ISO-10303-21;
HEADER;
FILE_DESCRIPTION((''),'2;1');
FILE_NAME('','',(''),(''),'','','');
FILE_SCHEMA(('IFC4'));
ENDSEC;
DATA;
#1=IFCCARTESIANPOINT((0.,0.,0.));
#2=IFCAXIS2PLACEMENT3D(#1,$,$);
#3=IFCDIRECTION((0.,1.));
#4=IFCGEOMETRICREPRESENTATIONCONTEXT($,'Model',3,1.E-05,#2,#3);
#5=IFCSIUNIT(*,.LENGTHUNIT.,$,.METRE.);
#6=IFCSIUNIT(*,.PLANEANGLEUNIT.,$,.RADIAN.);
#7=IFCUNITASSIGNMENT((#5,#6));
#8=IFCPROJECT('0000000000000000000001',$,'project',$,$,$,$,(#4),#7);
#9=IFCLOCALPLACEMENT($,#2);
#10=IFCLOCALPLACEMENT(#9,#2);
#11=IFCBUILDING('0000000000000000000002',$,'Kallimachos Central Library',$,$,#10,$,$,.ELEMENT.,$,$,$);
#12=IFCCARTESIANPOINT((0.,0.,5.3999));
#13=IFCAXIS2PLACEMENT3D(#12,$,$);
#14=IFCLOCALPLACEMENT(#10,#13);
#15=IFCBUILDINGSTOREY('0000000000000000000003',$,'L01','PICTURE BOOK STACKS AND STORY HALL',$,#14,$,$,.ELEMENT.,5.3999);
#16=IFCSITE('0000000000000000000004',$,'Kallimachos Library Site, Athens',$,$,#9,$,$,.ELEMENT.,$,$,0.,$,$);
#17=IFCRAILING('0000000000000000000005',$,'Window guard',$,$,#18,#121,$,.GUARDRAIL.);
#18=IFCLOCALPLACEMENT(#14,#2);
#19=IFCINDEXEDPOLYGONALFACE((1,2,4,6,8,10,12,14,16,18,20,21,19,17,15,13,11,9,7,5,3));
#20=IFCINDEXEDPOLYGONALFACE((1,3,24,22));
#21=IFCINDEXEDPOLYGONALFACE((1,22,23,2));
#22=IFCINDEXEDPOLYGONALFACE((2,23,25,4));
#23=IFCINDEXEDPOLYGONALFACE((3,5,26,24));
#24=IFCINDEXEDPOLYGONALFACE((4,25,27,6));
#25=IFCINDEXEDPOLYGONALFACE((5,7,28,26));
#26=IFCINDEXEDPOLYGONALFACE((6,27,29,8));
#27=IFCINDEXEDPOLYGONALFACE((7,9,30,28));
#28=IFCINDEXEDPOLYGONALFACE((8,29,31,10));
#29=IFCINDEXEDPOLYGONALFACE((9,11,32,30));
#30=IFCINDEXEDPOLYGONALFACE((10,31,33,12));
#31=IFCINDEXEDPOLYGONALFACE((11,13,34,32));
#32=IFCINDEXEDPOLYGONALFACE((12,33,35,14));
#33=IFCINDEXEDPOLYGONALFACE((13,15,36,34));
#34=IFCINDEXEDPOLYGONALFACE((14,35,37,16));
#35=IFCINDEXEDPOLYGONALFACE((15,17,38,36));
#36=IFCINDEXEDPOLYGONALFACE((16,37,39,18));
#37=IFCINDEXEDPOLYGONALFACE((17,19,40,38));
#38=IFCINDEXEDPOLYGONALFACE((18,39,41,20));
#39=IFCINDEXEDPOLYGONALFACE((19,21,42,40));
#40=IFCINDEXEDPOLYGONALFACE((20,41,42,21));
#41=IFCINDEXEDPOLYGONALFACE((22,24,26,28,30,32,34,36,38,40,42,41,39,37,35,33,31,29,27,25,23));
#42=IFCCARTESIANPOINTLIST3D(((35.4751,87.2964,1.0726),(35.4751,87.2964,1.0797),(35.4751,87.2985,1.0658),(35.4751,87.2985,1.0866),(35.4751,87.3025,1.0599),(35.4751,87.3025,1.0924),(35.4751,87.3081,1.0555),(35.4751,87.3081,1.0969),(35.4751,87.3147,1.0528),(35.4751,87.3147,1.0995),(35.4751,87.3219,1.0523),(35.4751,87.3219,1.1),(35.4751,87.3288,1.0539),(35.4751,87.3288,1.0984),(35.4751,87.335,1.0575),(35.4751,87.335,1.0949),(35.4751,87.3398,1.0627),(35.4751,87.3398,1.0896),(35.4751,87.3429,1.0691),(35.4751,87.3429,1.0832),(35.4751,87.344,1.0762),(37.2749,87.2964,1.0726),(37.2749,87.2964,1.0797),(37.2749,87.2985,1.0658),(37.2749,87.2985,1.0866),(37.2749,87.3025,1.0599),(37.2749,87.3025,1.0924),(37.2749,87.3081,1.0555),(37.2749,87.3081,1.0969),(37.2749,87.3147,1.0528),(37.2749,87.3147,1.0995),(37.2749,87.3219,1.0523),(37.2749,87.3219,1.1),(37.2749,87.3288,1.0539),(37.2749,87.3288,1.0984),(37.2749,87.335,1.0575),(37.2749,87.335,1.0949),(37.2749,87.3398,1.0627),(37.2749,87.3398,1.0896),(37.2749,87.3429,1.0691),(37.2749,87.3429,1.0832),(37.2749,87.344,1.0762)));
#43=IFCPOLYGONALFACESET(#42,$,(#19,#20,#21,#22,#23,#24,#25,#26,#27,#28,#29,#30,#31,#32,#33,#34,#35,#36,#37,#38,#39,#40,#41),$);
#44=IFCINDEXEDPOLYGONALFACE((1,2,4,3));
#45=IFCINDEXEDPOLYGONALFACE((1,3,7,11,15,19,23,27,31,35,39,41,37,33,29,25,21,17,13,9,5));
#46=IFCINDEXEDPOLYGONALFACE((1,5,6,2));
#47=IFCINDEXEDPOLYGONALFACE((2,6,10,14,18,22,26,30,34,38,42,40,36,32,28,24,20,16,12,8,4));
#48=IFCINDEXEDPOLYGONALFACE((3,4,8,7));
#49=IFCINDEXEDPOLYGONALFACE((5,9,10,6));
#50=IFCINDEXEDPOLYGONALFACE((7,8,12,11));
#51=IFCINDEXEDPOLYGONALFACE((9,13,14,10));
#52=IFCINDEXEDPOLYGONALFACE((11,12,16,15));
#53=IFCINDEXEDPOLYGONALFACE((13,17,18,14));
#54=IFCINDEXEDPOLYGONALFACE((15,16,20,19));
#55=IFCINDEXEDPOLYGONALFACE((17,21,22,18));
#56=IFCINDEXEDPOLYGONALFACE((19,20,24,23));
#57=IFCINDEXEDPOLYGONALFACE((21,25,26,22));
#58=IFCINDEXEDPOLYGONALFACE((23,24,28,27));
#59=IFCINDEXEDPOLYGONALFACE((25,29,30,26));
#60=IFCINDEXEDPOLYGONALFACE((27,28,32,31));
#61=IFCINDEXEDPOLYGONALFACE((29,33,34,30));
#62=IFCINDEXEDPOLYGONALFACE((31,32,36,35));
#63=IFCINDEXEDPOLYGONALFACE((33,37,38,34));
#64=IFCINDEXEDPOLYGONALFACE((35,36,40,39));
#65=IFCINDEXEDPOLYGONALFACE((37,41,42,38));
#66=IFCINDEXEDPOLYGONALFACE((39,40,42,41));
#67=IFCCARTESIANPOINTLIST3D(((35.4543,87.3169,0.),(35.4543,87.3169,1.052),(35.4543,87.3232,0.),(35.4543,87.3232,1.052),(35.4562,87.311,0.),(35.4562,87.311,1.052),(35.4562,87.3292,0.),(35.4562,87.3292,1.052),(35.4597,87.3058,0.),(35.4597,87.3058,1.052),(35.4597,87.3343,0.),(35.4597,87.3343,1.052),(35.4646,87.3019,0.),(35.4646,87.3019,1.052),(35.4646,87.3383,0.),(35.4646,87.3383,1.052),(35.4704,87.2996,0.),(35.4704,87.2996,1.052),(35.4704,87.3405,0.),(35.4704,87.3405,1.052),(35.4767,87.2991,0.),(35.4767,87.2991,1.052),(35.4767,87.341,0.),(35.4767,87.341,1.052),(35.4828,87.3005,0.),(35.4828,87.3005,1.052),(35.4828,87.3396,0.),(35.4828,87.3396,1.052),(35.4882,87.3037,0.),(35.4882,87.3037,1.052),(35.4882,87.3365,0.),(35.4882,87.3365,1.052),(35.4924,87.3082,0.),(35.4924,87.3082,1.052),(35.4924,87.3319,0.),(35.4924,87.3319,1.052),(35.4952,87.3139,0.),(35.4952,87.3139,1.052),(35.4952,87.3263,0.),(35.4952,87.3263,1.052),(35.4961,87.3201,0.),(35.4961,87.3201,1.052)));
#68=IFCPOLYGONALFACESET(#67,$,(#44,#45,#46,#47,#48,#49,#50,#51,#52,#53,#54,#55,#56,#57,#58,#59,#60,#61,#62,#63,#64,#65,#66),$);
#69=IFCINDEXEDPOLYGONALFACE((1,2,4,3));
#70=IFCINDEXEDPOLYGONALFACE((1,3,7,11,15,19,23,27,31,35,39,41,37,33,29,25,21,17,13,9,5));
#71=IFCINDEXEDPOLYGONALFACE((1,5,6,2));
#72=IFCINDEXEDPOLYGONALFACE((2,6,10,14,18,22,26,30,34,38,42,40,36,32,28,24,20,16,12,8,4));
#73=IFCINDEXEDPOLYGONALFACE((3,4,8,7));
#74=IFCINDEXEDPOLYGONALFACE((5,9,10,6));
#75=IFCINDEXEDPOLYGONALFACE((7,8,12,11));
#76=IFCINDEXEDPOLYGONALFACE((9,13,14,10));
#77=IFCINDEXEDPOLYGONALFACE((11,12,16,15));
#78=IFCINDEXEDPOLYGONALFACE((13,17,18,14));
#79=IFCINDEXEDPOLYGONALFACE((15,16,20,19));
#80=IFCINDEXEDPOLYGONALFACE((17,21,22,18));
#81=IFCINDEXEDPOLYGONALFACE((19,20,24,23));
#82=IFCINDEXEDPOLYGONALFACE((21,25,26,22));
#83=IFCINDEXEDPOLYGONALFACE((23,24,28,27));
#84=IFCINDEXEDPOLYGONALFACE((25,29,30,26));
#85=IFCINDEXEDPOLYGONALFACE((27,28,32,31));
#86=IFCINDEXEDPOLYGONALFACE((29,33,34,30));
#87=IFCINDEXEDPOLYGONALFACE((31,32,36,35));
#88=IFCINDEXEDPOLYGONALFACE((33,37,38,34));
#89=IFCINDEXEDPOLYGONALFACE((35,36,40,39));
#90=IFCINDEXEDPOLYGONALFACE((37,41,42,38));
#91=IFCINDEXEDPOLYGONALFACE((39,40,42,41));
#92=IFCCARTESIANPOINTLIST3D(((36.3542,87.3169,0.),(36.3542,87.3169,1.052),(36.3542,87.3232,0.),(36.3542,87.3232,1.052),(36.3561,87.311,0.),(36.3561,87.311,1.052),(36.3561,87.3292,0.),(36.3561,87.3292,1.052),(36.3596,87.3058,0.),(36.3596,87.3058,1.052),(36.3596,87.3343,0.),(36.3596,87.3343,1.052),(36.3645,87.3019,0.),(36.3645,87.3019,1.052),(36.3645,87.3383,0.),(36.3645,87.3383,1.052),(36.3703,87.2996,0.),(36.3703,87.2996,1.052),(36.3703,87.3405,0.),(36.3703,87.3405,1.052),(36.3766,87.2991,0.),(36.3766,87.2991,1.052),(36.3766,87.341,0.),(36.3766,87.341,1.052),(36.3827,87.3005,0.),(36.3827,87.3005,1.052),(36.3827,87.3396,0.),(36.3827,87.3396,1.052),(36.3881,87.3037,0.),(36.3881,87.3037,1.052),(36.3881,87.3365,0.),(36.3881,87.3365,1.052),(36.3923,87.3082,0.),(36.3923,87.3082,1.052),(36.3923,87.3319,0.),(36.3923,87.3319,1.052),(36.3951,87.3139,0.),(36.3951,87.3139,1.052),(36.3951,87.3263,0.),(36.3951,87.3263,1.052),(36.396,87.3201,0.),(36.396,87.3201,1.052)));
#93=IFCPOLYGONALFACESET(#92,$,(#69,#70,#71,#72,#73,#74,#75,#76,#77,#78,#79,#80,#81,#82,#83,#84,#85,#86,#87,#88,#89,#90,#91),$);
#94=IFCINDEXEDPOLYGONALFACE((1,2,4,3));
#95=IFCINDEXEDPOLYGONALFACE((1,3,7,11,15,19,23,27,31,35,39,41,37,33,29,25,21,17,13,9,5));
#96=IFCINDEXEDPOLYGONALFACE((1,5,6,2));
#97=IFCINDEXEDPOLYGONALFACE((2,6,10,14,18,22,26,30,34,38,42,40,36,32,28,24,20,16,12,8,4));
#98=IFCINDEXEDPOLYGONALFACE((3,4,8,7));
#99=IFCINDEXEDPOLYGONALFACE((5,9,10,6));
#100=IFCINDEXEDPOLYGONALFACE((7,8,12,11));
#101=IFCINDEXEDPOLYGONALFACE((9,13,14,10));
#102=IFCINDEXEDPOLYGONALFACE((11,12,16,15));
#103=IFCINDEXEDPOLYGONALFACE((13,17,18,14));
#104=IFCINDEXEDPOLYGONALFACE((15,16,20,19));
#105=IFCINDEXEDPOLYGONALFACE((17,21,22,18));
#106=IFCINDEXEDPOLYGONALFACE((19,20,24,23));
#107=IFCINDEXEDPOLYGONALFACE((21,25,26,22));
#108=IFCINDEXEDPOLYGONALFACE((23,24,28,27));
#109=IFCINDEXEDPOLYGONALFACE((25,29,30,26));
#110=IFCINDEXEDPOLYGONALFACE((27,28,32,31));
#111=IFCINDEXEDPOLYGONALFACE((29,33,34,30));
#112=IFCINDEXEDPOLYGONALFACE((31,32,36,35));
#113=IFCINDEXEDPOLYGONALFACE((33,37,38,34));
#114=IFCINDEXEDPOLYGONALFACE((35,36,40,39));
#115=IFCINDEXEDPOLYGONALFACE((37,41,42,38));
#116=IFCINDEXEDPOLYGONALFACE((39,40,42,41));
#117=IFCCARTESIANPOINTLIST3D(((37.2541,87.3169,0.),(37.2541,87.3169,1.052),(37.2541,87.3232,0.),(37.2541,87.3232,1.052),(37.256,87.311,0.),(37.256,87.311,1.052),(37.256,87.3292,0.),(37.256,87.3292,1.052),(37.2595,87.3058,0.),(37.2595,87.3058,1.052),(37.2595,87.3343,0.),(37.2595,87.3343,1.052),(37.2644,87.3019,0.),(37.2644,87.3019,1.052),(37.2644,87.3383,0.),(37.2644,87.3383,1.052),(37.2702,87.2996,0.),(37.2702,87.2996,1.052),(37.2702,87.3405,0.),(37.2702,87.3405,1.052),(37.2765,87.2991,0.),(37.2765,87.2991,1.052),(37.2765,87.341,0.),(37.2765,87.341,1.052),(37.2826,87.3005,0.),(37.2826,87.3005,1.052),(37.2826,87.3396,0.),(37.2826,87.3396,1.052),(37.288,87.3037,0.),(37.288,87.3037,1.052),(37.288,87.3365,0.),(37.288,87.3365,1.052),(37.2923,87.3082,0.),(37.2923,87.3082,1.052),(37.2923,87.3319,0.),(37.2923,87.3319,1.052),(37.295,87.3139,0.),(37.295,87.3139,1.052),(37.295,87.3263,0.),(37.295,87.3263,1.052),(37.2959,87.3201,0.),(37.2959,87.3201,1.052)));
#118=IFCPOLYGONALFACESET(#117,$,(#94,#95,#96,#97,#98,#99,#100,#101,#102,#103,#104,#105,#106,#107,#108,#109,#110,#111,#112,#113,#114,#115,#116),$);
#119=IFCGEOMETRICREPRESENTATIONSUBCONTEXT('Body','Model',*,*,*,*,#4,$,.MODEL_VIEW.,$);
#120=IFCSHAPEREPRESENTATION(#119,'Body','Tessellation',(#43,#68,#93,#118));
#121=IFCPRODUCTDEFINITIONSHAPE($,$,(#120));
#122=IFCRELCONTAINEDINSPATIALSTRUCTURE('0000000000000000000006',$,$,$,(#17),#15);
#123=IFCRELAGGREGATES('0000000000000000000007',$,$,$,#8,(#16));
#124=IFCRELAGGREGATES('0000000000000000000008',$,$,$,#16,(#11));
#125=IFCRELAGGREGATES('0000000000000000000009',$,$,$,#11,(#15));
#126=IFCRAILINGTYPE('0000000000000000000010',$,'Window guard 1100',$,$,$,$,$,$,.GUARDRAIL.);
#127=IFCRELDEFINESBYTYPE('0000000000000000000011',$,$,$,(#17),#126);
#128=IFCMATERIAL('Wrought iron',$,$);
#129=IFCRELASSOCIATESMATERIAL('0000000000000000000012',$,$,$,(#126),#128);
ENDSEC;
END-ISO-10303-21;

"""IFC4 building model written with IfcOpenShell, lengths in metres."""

from ifc_helpers import new_model, si_unit, direction, frame, origin, origin_2d, place, context, subcontext, project, spatial, circle, extrude, material, type_object, element, save


model = new_model("IFC4")

# Units and contexts
model_context = context("Model", 3, precision=1e-05, world=origin(), true_north=direction((0.0, 1.0)))
body_context = subcontext(model_context, "Body", "Model", "MODEL_VIEW")
ifc_project = project(units=[si_unit("LENGTHUNIT", "METRE"), si_unit("PLANEANGLEUNIT", "RADIAN")], contexts=[model_context])

# Site, building, storey
site_placement = place(None, origin())
site = spatial("IfcSite", under=ifc_project, at=site_placement, Name="Kallimachos Library Site, Athens", CompositionType="ELEMENT", RefElevation=0.0)
building_placement = place(site_placement, origin())
building = spatial("IfcBuilding", under=site, at=building_placement, Name="Kallimachos Central Library", CompositionType="ELEMENT")
storey_placement = place(building_placement, frame((0.0, 0.0, 5.3999)))
storey = spatial("IfcBuildingStorey", under=building, at=storey_placement, Name="L01", Description="PICTURE BOOK STACKS AND STORY HALL", CompositionType="ELEMENT", Elevation=5.3999)

# Railing
ifc_material_1 = material(Name="Wrought iron")
railing_type = type_object("IfcRailingType", Name="Window guard 1100", PredefinedType="GUARDRAIL", material=ifc_material_1)
railing_placement = place(storey_placement, frame((35.4751, 87.3201, 0.0)))
element("IfcRailing", 1, at=railing_placement, inside=storey, type_object=railing_type, Name="Window guard", PredefinedType="GUARDRAIL", context=body_context, shape_type="SweptSolid", body=[
    extrude(circle(Radius=0.0239, at=origin_2d()), frame((0.0, 0.0, 1.0762), z_axis=(1.0, 0.0, 0.0), x_axis=(0.0, 1.0, 0.0)), (0.0, 0.0, 1.0), 1.7998),
    extrude(circle(Radius=0.021, at=origin_2d()), origin(), (0.0, 0.0, 1.0), 1.052),
    extrude(circle(Radius=0.021, at=origin_2d()), frame((0.8999, 0.0, 0.0)), (0.0, 0.0, 1.0), 1.052),
    extrude(circle(Radius=0.021, at=origin_2d()), frame((1.7998, 0.0, 0.0)), (0.0, 0.0, 1.0), 1.052),
])

save(model, "model.ifc")
